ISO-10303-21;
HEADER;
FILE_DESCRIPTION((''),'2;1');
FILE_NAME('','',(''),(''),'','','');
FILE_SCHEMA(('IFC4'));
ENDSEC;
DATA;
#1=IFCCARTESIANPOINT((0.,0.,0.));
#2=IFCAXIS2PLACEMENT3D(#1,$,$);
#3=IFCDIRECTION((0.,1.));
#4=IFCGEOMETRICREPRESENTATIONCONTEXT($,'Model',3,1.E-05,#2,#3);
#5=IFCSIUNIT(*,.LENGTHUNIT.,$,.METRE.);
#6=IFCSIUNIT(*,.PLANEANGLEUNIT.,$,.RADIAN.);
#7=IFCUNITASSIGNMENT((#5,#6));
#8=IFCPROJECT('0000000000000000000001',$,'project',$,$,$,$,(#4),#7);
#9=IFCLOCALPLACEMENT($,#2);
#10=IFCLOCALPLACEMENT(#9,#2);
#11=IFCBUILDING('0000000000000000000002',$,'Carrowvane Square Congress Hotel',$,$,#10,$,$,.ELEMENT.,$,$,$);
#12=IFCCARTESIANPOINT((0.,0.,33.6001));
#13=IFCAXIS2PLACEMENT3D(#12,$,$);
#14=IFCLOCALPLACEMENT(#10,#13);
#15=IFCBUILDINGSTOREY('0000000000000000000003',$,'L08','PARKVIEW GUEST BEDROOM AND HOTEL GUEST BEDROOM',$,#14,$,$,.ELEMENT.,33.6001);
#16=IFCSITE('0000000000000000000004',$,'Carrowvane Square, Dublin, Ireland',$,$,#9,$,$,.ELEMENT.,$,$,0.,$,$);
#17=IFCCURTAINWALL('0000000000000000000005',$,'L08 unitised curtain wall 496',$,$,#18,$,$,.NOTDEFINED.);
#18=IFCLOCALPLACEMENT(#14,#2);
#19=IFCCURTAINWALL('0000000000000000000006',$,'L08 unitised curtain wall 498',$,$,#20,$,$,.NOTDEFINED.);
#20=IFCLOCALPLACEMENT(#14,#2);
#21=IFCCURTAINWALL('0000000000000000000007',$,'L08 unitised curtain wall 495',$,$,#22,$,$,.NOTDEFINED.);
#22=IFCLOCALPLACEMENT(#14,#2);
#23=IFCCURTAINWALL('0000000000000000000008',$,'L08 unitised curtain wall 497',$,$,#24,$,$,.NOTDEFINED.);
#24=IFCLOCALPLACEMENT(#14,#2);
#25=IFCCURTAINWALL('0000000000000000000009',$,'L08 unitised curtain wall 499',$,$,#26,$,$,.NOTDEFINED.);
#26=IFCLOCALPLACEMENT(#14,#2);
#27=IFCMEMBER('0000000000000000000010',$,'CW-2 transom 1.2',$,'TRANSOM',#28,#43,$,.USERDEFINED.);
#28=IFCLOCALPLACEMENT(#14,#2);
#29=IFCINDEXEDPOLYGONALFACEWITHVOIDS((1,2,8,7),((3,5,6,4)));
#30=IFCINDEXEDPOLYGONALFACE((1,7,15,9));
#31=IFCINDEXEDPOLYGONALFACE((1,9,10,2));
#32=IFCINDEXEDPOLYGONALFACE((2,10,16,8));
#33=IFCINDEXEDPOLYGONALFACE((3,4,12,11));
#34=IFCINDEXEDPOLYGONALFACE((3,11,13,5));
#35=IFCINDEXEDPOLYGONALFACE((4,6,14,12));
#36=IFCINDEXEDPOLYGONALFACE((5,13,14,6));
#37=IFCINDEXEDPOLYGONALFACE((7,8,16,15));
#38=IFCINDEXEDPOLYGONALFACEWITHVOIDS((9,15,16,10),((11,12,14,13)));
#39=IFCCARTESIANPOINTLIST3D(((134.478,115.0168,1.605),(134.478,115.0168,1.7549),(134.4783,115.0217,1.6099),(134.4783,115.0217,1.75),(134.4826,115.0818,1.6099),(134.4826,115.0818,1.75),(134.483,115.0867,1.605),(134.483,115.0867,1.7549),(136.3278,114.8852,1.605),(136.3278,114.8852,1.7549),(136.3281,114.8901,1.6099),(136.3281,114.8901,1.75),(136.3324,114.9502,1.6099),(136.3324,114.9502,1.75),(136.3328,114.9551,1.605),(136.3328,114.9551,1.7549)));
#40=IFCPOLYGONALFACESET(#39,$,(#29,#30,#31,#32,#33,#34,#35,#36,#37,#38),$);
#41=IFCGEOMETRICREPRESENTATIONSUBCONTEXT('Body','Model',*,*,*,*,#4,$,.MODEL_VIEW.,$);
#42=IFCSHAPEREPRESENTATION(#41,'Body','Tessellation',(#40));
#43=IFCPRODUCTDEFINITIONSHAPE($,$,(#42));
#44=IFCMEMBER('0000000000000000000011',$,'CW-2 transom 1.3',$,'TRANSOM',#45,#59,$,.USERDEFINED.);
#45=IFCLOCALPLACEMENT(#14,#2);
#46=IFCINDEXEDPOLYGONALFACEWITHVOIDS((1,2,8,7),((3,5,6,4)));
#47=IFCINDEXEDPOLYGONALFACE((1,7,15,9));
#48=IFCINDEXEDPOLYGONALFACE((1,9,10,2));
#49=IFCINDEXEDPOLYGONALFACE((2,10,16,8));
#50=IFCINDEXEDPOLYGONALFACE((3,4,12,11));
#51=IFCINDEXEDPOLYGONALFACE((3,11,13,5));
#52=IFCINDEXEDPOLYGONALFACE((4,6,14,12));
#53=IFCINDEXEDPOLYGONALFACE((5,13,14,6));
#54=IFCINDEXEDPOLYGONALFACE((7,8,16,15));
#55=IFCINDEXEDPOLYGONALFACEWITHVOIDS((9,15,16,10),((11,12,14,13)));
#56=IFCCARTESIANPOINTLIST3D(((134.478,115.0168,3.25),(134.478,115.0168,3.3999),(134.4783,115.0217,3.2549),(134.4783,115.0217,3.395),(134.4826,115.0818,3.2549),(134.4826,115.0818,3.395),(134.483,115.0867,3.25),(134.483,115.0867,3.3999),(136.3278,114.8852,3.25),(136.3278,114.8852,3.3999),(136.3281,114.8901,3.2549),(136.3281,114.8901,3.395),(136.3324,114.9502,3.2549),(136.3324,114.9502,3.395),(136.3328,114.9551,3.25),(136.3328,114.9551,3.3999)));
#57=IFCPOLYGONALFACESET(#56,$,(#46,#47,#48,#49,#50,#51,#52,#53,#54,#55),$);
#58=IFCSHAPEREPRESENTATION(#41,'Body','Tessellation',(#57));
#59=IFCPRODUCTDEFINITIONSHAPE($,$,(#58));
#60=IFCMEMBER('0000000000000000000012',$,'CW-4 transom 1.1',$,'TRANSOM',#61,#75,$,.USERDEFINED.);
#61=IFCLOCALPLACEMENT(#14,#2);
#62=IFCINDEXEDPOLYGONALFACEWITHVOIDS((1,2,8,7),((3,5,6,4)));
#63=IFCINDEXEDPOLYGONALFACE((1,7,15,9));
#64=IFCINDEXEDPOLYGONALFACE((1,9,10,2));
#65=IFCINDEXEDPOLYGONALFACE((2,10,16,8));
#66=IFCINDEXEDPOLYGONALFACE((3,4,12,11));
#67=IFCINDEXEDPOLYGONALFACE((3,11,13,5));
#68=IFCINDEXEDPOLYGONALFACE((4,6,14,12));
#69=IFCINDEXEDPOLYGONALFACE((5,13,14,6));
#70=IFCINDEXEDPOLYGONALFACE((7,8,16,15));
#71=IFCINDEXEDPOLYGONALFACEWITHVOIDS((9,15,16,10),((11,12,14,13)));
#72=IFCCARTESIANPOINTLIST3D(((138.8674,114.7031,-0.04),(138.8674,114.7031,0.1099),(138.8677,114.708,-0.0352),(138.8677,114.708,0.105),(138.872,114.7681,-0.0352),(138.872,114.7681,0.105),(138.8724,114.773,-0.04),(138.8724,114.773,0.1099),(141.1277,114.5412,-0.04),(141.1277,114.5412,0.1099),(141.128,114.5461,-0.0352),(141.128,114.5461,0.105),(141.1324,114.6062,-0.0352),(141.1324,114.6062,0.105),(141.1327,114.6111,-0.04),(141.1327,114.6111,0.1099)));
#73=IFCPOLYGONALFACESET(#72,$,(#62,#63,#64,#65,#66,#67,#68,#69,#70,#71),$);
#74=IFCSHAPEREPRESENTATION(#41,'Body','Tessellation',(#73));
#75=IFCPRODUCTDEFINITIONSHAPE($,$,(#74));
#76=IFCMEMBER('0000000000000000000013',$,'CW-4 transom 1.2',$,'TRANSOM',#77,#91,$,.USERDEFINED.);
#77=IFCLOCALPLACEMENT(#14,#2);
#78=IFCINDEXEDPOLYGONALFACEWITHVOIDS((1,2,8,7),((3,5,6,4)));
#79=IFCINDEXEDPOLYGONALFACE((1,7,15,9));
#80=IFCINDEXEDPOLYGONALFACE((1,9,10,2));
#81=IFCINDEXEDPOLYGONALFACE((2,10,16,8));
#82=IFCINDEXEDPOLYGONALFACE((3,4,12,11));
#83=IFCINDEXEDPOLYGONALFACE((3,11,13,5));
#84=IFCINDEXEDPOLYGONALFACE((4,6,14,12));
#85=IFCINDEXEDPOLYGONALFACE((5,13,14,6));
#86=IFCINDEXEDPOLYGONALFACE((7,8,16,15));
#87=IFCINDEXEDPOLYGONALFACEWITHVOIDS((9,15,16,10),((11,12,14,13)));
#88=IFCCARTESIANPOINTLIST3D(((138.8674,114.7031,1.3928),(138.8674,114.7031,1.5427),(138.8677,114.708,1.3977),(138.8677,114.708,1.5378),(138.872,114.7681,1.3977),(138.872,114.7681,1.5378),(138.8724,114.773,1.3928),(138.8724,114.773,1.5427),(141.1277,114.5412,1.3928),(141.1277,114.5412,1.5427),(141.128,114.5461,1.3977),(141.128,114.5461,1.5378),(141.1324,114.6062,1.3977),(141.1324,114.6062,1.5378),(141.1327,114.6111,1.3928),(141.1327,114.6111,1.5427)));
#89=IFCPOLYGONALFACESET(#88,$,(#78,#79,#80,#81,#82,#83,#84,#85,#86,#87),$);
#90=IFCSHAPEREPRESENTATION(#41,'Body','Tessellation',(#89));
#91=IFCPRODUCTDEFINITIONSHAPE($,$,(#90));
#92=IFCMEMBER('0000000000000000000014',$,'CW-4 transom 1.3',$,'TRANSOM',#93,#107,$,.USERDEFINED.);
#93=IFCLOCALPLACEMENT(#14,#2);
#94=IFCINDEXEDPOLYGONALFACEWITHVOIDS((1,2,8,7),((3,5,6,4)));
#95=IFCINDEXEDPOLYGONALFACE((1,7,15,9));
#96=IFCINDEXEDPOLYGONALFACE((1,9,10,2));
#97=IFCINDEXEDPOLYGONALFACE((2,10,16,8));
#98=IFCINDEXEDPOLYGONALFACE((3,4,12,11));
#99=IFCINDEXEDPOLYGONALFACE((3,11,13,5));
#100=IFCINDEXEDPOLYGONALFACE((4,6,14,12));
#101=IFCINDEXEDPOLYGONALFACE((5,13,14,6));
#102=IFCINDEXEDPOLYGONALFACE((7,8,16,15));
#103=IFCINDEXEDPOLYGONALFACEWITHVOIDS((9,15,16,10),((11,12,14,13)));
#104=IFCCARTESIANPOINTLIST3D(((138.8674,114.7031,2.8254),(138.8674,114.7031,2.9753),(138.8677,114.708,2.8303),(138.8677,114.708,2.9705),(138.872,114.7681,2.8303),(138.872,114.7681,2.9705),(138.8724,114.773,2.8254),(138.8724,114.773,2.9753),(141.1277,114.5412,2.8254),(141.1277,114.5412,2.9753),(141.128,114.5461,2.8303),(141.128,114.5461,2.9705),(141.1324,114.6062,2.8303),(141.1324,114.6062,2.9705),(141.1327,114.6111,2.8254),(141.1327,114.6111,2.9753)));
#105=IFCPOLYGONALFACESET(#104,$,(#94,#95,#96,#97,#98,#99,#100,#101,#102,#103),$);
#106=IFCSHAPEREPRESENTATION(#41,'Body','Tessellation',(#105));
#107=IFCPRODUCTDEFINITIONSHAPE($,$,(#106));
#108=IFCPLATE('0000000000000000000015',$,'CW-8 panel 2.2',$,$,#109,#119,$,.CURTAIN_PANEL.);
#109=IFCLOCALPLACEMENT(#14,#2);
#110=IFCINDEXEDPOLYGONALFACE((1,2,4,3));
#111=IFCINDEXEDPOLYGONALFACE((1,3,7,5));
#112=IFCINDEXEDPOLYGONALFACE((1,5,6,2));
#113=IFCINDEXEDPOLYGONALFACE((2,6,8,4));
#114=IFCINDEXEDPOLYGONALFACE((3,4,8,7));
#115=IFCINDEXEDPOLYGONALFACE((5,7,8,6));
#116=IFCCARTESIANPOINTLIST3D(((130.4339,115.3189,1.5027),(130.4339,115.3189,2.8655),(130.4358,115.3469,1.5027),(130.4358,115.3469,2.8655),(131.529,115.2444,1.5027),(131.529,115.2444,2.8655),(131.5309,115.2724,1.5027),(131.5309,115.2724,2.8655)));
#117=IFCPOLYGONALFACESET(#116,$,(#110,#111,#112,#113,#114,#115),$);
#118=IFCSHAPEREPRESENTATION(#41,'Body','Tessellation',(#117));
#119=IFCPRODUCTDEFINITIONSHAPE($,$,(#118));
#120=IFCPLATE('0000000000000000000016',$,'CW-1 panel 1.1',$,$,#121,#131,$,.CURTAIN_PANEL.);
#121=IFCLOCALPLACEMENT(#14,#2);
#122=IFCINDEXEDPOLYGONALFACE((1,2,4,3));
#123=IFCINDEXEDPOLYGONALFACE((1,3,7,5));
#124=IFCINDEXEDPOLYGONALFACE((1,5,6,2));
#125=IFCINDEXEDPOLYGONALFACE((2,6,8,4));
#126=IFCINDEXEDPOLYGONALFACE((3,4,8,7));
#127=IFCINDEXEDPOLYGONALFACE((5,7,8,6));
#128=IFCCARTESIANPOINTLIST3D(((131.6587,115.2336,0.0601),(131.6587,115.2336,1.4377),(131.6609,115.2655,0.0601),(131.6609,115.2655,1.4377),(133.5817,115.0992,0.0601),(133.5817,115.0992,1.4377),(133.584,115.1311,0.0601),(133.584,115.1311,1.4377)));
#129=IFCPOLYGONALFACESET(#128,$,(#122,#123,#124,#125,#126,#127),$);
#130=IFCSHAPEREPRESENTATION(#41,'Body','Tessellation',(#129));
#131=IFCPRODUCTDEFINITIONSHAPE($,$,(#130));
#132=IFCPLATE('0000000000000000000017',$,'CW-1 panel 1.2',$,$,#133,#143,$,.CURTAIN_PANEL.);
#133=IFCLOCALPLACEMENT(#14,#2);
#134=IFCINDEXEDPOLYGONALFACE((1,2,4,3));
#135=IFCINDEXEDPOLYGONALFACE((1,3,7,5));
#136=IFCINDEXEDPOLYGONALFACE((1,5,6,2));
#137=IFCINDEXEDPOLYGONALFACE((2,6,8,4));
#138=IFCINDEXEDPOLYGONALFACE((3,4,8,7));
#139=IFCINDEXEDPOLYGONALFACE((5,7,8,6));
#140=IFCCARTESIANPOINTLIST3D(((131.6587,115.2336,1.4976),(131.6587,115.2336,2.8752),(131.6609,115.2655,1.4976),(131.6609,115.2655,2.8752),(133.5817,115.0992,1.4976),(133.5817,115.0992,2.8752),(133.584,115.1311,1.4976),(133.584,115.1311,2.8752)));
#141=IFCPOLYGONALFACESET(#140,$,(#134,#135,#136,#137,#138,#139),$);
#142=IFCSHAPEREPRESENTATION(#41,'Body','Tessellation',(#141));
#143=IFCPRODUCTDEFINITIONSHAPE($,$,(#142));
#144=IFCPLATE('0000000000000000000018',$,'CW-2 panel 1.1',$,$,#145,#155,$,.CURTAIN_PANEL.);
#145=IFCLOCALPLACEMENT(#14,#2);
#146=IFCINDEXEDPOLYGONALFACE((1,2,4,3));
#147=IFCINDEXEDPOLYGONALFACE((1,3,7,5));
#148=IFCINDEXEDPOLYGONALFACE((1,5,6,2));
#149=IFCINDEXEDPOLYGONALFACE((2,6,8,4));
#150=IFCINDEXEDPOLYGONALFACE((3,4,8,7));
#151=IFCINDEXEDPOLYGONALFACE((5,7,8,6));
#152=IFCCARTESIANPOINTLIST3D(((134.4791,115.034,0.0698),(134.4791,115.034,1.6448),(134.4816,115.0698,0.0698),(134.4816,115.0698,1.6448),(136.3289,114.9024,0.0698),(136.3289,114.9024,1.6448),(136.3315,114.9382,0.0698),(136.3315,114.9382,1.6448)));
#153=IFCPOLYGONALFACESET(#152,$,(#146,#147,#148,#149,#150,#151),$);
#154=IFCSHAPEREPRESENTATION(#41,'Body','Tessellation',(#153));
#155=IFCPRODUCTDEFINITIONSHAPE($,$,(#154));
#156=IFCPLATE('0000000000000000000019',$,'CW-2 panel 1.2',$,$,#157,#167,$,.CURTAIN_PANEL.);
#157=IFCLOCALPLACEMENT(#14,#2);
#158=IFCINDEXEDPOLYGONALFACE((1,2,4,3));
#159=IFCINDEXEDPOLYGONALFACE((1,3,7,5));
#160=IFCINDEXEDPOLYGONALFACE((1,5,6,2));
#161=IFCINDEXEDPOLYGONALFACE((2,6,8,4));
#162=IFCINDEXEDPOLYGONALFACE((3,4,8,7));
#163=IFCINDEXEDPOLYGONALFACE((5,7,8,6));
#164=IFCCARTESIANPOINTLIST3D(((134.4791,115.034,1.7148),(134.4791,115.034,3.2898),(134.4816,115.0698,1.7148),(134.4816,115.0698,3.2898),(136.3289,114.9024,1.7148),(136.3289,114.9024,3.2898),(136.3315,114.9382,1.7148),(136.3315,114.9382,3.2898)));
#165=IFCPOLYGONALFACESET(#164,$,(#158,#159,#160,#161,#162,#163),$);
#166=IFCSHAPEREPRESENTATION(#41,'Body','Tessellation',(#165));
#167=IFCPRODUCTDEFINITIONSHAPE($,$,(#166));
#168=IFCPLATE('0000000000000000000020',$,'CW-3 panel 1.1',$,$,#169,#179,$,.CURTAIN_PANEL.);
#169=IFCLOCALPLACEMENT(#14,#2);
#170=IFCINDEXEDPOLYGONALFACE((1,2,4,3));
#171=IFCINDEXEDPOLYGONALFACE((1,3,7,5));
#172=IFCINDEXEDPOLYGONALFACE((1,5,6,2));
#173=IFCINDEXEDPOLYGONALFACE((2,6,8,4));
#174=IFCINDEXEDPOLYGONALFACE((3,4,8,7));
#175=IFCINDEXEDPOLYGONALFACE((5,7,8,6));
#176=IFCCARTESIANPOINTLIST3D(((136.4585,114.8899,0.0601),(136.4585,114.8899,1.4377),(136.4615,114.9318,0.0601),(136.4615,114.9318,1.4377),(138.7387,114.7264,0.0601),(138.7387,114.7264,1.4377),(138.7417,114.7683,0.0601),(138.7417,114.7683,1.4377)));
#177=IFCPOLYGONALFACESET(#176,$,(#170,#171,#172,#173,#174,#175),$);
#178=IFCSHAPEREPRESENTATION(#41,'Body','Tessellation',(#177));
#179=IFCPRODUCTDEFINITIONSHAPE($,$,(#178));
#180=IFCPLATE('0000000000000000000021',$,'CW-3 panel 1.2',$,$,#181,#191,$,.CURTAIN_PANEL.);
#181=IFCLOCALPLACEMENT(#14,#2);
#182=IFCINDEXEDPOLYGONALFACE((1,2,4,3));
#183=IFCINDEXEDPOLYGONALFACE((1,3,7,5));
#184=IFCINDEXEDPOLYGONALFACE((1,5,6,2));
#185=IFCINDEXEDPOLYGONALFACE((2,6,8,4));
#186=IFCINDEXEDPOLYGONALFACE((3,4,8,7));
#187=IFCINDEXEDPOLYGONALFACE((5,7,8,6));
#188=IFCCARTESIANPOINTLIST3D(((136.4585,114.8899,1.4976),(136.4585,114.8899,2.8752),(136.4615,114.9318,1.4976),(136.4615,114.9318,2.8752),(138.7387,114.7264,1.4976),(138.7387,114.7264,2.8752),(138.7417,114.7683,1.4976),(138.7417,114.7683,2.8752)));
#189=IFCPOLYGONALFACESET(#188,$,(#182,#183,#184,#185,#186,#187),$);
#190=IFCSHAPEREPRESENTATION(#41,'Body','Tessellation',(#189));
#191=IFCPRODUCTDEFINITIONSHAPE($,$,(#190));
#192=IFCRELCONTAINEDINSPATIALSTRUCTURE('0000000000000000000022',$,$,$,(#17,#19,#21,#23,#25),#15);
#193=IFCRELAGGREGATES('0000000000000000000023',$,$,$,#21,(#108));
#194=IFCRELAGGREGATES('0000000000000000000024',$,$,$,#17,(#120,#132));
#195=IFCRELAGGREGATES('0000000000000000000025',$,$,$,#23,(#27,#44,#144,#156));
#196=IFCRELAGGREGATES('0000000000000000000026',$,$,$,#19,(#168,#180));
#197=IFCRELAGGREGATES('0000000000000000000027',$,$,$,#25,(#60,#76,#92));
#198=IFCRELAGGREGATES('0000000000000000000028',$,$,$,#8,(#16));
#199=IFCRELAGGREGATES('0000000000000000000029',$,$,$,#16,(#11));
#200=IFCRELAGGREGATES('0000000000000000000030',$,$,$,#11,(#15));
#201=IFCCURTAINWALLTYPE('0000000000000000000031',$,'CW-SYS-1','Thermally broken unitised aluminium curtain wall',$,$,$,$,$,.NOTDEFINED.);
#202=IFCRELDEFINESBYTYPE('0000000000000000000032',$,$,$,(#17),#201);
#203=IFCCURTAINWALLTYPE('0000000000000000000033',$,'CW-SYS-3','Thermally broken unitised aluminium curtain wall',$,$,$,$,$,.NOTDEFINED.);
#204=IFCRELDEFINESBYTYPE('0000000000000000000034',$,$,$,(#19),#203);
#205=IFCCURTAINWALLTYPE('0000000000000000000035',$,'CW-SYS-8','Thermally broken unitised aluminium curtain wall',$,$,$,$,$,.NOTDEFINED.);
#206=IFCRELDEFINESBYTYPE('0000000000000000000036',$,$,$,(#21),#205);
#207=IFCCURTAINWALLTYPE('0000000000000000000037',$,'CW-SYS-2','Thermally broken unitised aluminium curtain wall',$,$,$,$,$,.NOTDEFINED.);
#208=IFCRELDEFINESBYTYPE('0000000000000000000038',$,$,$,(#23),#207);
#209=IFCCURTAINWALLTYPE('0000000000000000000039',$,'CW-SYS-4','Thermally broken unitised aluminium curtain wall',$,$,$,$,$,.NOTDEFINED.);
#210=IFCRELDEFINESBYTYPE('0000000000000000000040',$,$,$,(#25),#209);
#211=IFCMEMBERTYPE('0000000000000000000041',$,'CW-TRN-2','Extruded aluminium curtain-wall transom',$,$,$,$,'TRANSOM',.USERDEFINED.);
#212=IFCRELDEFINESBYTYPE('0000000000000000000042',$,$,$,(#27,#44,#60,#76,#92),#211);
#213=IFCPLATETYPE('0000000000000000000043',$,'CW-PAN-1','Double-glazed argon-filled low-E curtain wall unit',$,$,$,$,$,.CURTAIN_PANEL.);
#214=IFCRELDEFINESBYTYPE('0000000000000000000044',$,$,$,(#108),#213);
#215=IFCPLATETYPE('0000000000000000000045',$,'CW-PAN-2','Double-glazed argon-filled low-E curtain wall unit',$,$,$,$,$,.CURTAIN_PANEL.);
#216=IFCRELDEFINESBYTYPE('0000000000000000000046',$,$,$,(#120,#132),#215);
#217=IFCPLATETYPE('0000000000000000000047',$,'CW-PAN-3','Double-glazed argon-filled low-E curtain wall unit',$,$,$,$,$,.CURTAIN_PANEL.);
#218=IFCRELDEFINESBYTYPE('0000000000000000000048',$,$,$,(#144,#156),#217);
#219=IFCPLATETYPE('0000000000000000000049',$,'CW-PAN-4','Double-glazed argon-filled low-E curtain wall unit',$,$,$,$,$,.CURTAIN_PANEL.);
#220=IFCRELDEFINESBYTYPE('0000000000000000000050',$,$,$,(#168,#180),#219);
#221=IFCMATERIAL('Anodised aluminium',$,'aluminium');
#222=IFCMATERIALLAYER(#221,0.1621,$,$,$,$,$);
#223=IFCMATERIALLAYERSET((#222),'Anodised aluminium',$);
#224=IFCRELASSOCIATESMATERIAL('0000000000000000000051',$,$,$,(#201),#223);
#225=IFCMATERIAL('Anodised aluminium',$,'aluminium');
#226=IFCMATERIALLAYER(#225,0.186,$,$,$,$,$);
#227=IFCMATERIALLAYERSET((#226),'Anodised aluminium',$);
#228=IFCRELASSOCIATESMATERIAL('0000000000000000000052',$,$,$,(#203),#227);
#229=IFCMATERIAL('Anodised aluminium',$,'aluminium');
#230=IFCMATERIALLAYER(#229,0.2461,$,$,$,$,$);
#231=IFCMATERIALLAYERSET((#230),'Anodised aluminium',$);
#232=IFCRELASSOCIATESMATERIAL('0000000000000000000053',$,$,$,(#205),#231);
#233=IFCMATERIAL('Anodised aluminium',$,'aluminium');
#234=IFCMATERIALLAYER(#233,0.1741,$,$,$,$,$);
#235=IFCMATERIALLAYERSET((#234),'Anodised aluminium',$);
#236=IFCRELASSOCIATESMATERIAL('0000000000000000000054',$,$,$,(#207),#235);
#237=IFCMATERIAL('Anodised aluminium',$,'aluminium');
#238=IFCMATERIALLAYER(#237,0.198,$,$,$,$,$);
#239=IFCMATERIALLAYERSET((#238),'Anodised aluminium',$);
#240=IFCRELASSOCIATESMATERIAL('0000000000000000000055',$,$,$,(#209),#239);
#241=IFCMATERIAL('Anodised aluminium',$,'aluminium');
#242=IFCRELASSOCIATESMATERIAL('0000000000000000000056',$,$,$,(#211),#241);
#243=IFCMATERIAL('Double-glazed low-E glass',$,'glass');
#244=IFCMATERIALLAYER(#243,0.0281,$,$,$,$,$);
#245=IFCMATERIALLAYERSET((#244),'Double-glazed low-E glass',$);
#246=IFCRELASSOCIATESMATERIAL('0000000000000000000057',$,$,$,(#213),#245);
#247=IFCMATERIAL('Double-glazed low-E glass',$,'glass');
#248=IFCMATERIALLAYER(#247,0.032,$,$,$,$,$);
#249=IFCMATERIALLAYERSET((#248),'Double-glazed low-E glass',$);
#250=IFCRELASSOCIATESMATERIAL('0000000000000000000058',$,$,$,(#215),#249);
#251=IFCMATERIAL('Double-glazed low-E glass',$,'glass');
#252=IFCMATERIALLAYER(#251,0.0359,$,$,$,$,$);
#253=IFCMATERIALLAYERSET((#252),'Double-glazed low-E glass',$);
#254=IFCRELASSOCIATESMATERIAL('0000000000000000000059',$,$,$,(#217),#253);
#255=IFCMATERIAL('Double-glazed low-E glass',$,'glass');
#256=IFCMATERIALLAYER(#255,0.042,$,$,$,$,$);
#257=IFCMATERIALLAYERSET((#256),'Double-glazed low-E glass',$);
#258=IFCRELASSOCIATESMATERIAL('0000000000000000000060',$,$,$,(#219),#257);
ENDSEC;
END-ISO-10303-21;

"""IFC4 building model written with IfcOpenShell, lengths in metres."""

from ifc_helpers import new_model, si_unit, direction, frame, origin, origin_2d, place, context, subcontext, project, spatial, rectangle, hollow_rectangle, extrude, material, layer, layer_set, material_profile, profile_set, type_object, element, aggregate, save


model = new_model("IFC4")

# Units and contexts
model_context = context("Model", 3, precision=1e-05, world=origin(), true_north=direction((0.0, 1.0)))
body_context = subcontext(model_context, "Body", "Model", "MODEL_VIEW")
ifc_project = project(units=[si_unit("LENGTHUNIT", "METRE"), si_unit("PLANEANGLEUNIT", "RADIAN")], contexts=[model_context])

# Site, building, storey
site_placement = place(None, origin())
site = spatial("IfcSite", under=ifc_project, at=site_placement, Name="Carrowvane Square, Dublin, Ireland", CompositionType="ELEMENT", RefElevation=0.0)
building_placement = place(site_placement, origin())
building = spatial("IfcBuilding", under=site, at=building_placement, Name="Carrowvane Square Congress Hotel", CompositionType="ELEMENT")
storey_placement = place(building_placement, frame((0.0, 0.0, 33.6001)))
storey = spatial("IfcBuildingStorey", under=building, at=storey_placement, Name="L08", Description="PARKVIEW GUEST BEDROOM AND HOTEL GUEST BEDROOM", CompositionType="ELEMENT", Elevation=33.6001)

# Curtain walls
ifc_material_1 = material(Name="Anodised aluminium", Category="aluminium")
ifc_layer_1 = layer(ifc_material_1, 0.1621)
ifc_layer_set_1 = layer_set([ifc_layer_1], Name="Anodised aluminium")
curtain_wall_type_1 = type_object("IfcCurtainWallType", Name="CW-SYS-1", Description="Thermally broken unitised aluminium curtain wall", PredefinedType="NOTDEFINED", material=ifc_layer_set_1)
curtain_wall_1_placement = place(storey_placement, origin())
curtain_wall_1 = element("IfcCurtainWall", 1, at=curtain_wall_1_placement, inside=storey, type_object=curtain_wall_type_1, Name="L08 unitised curtain wall 496", PredefinedType="NOTDEFINED")
ifc_material_2 = material(Name="Anodised aluminium", Category="aluminium")
ifc_layer_2 = layer(ifc_material_2, 0.186)
ifc_layer_set_2 = layer_set([ifc_layer_2], Name="Anodised aluminium")
curtain_wall_type_2 = type_object("IfcCurtainWallType", Name="CW-SYS-3", Description="Thermally broken unitised aluminium curtain wall", PredefinedType="NOTDEFINED", material=ifc_layer_set_2)
curtain_wall_2_placement = place(storey_placement, origin())
curtain_wall_2 = element("IfcCurtainWall", 2, at=curtain_wall_2_placement, inside=storey, type_object=curtain_wall_type_2, Name="L08 unitised curtain wall 498", PredefinedType="NOTDEFINED")

# Curtain wall
ifc_material_3 = material(Name="Anodised aluminium", Category="aluminium")
ifc_layer_3 = layer(ifc_material_3, 0.2461)
ifc_layer_set_3 = layer_set([ifc_layer_3], Name="Anodised aluminium")
curtain_wall_type_3 = type_object("IfcCurtainWallType", Name="CW-SYS-8", Description="Thermally broken unitised aluminium curtain wall", PredefinedType="NOTDEFINED", material=ifc_layer_set_3)
curtain_wall_3_placement = place(storey_placement, origin())
curtain_wall_3 = element("IfcCurtainWall", 3, at=curtain_wall_3_placement, inside=storey, type_object=curtain_wall_type_3, Name="L08 unitised curtain wall 495", PredefinedType="NOTDEFINED")

# Curtain wall
ifc_material_4 = material(Name="Anodised aluminium", Category="aluminium")
ifc_layer_4 = layer(ifc_material_4, 0.1741)
ifc_layer_set_4 = layer_set([ifc_layer_4], Name="Anodised aluminium")
curtain_wall_type_4 = type_object("IfcCurtainWallType", Name="CW-SYS-2", Description="Thermally broken unitised aluminium curtain wall", PredefinedType="NOTDEFINED", material=ifc_layer_set_4)
curtain_wall_4_placement = place(storey_placement, origin())
curtain_wall_4 = element("IfcCurtainWall", 4, at=curtain_wall_4_placement, inside=storey, type_object=curtain_wall_type_4, Name="L08 unitised curtain wall 497", PredefinedType="NOTDEFINED")

# Curtain wall
ifc_material_5 = material(Name="Anodised aluminium", Category="aluminium")
ifc_layer_5 = layer(ifc_material_5, 0.198)
ifc_layer_set_5 = layer_set([ifc_layer_5], Name="Anodised aluminium")
curtain_wall_type_5 = type_object("IfcCurtainWallType", Name="CW-SYS-4", Description="Thermally broken unitised aluminium curtain wall", PredefinedType="NOTDEFINED", material=ifc_layer_set_5)
curtain_wall_5_placement = place(storey_placement, origin())
curtain_wall_5 = element("IfcCurtainWall", 5, at=curtain_wall_5_placement, inside=storey, type_object=curtain_wall_type_5, Name="L08 unitised curtain wall 499", PredefinedType="NOTDEFINED")

# Members
ifc_material_6 = material(Name="Anodised aluminium", Category="aluminium")
ifc_material_profile_1 = material_profile(ifc_material_6, hollow_rectangle(XDim=0.0701, YDim=0.1499, WallThickness=0.0049, at=origin_2d()), Name="CW-TR 70x150x5")
ifc_profile_set_1 = profile_set([ifc_material_profile_1], Name="Anodised aluminium")
member_type_1 = type_object("IfcMemberType", Name="CW-TRN-2", Description="Extruded aluminium curtain-wall transom", ElementType="TRANSOM", PredefinedType="USERDEFINED", material=ifc_profile_set_1)
member_1_placement = place(storey_placement, frame((134.4805, 115.0518, 1.6799), z_axis=(0.997479, -0.070957, 0.0), x_axis=(0.070957, 0.997479, 0.0)))
member_1 = element("IfcMember", 6, at=member_1_placement, type_object=member_type_1, Name="CW-2 transom 1.2", ObjectType="TRANSOM", PredefinedType="USERDEFINED", context=body_context, shape_type="SweptSolid", body=[
    extrude(hollow_rectangle(XDim=0.0701, YDim=0.1499, WallThickness=0.0049, at=origin_2d()), origin(), (0.0, 0.0, 1.0), 1.8545),
])
member_2_placement = place(storey_placement, frame((134.4805, 115.0518, 3.325), z_axis=(0.997479, -0.070957, 0.0), x_axis=(0.070957, 0.997479, 0.0)))
member_2 = element("IfcMember", 7, at=member_2_placement, type_object=member_type_1, Name="CW-2 transom 1.3", ObjectType="TRANSOM", PredefinedType="USERDEFINED", context=body_context, shape_type="SweptSolid", body=[
    extrude(hollow_rectangle(XDim=0.0701, YDim=0.1499, WallThickness=0.0049, at=origin_2d()), origin(), (0.0, 0.0, 1.0), 1.8545),
])
member_3_placement = place(storey_placement, frame((138.8699, 114.738, 0.0349), z_axis=(0.997446, -0.071431, 0.0), x_axis=(0.071431, 0.997446, 0.0)))
member_3 = element("IfcMember", 8, at=member_3_placement, type_object=member_type_1, Name="CW-4 transom 1.1", ObjectType="TRANSOM", PredefinedType="USERDEFINED", context=body_context, shape_type="SweptSolid", body=[
    extrude(hollow_rectangle(XDim=0.0701, YDim=0.1499, WallThickness=0.0049, at=origin_2d()), origin(), (0.0, 0.0, 1.0), 2.2661),
])
member_4_placement = place(storey_placement, frame((138.8699, 114.738, 1.4678), z_axis=(0.997446, -0.071431, 0.0), x_axis=(0.071431, 0.997446, 0.0)))
member_4 = element("IfcMember", 9, at=member_4_placement, type_object=member_type_1, Name="CW-4 transom 1.2", ObjectType="TRANSOM", PredefinedType="USERDEFINED", context=body_context, shape_type="SweptSolid", body=[
    extrude(hollow_rectangle(XDim=0.0701, YDim=0.1499, WallThickness=0.0049, at=origin_2d()), origin(), (0.0, 0.0, 1.0), 2.2661),
])
member_5_placement = place(storey_placement, frame((138.8699, 114.738, 2.9004), z_axis=(0.997446, -0.071431, 0.0), x_axis=(0.071431, 0.997446, 0.0)))
member_5 = element("IfcMember", 10, at=member_5_placement, type_object=member_type_1, Name="CW-4 transom 1.3", ObjectType="TRANSOM", PredefinedType="USERDEFINED", context=body_context, shape_type="SweptSolid", body=[
    extrude(hollow_rectangle(XDim=0.0701, YDim=0.1499, WallThickness=0.0049, at=origin_2d()), origin(), (0.0, 0.0, 1.0), 2.2661),
])

# Plates
ifc_material_7 = material(Name="Double-glazed low-E glass", Category="glass")
ifc_layer_6 = layer(ifc_material_7, 0.0281)
ifc_layer_set_6 = layer_set([ifc_layer_6], Name="Double-glazed low-E glass")
plate_type_1 = type_object("IfcPlateType", Name="CW-PAN-1", Description="Double-glazed argon-filled low-E curtain wall unit", PredefinedType="CURTAIN_PANEL", material=ifc_layer_set_6)
plate_1_placement = place(storey_placement, frame((130.9824, 115.2957, 1.5027), z_axis=(0.0, 0.0, 1.0), x_axis=(0.997694, -0.06787, 0.0)))
plate_1 = element("IfcPlate", 11, at=plate_1_placement, type_object=plate_type_1, Name="CW-8 panel 2.2", PredefinedType="CURTAIN_PANEL", context=body_context, shape_type="SweptSolid", body=[
    extrude(rectangle(XDim=1.0977, YDim=0.0281, at=origin_2d()), origin(), (0.0, 0.0, 1.0), 1.3628),
])
aggregate(curtain_wall_3, [plate_1])
ifc_material_8 = material(Name="Double-glazed low-E glass", Category="glass")
ifc_layer_7 = layer(ifc_material_8, 0.032)
ifc_layer_set_7 = layer_set([ifc_layer_7], Name="Double-glazed low-E glass")
plate_type_2 = type_object("IfcPlateType", Name="CW-PAN-2", Description="Double-glazed argon-filled low-E curtain wall unit", PredefinedType="CURTAIN_PANEL", material=ifc_layer_set_7)
plate_2_placement = place(storey_placement, frame((132.6213, 115.1824, 0.0601), z_axis=(0.0, 0.0, 1.0), x_axis=(0.997566, -0.069727, 0.0)))
plate_2 = element("IfcPlate", 12, at=plate_2_placement, type_object=plate_type_2, Name="CW-1 panel 1.1", PredefinedType="CURTAIN_PANEL", context=body_context, shape_type="SweptSolid", body=[
    extrude(rectangle(XDim=1.9277, YDim=0.032, at=origin_2d()), origin(), (0.0, 0.0, 1.0), 1.3777),
])
plate_3_placement = place(storey_placement, frame((132.6213, 115.1824, 1.4976), z_axis=(0.0, 0.0, 1.0), x_axis=(0.997566, -0.069727, 0.0)))
plate_3 = element("IfcPlate", 13, at=plate_3_placement, type_object=plate_type_2, Name="CW-1 panel 1.2", PredefinedType="CURTAIN_PANEL", context=body_context, shape_type="SweptSolid", body=[
    extrude(rectangle(XDim=1.9277, YDim=0.032, at=origin_2d()), origin(), (0.0, 0.0, 1.0), 1.3777),
])
aggregate(curtain_wall_1, [plate_2, plate_3])
ifc_material_9 = material(Name="Double-glazed low-E glass", Category="glass")
ifc_layer_8 = layer(ifc_material_9, 0.0359)
ifc_layer_set_8 = layer_set([ifc_layer_8], Name="Double-glazed low-E glass")
plate_type_3 = type_object("IfcPlateType", Name="CW-PAN-3", Description="Double-glazed argon-filled low-E curtain wall unit", PredefinedType="CURTAIN_PANEL", material=ifc_layer_set_8)
plate_4_placement = place(storey_placement, frame((135.4053, 114.9861, 0.0698), z_axis=(0.0, 0.0, 1.0), x_axis=(0.997479, -0.07096, 0.0)))
plate_4 = element("IfcPlate", 14, at=plate_4_placement, type_object=plate_type_3, Name="CW-2 panel 1.1", PredefinedType="CURTAIN_PANEL", context=body_context, shape_type="SweptSolid", body=[
    extrude(rectangle(XDim=1.8545, YDim=0.0359, at=origin_2d()), origin(), (0.0, 0.0, 1.0), 1.575),
])
plate_5_placement = place(storey_placement, frame((135.4053, 114.9861, 1.7148), z_axis=(0.0, 0.0, 1.0), x_axis=(0.997479, -0.07096, 0.0)))
plate_5 = element("IfcPlate", 15, at=plate_5_placement, type_object=plate_type_3, Name="CW-2 panel 1.2", PredefinedType="CURTAIN_PANEL", context=body_context, shape_type="SweptSolid", body=[
    extrude(rectangle(XDim=1.8545, YDim=0.0359, at=origin_2d()), origin(), (0.0, 0.0, 1.0), 1.575),
])
aggregate(curtain_wall_4, [member_1, member_2, plate_4, plate_5])
ifc_material_10 = material(Name="Double-glazed low-E glass", Category="glass")
ifc_layer_9 = layer(ifc_material_10, 0.042)
ifc_layer_set_9 = layer_set([ifc_layer_9], Name="Double-glazed low-E glass")
plate_type_4 = type_object("IfcPlateType", Name="CW-PAN-4", Description="Double-glazed argon-filled low-E curtain wall unit", PredefinedType="CURTAIN_PANEL", material=ifc_layer_set_9)
plate_6_placement = place(storey_placement, frame((137.6001, 114.8291, 0.0601), z_axis=(0.0, 0.0, 1.0), x_axis=(0.997438, -0.071532, 0.0)))
plate_6 = element("IfcPlate", 16, at=plate_6_placement, type_object=plate_type_4, Name="CW-3 panel 1.1", PredefinedType="CURTAIN_PANEL", context=body_context, shape_type="SweptSolid", body=[
    extrude(rectangle(XDim=2.2861, YDim=0.042, at=origin_2d()), origin(), (0.0, 0.0, 1.0), 1.3777),
])
plate_7_placement = place(storey_placement, frame((137.6001, 114.8291, 1.4976), z_axis=(0.0, 0.0, 1.0), x_axis=(0.997438, -0.071532, 0.0)))
plate_7 = element("IfcPlate", 17, at=plate_7_placement, type_object=plate_type_4, Name="CW-3 panel 1.2", PredefinedType="CURTAIN_PANEL", context=body_context, shape_type="SweptSolid", body=[
    extrude(rectangle(XDim=2.2861, YDim=0.042, at=origin_2d()), origin(), (0.0, 0.0, 1.0), 1.3777),
])
aggregate(curtain_wall_2, [plate_6, plate_7])
aggregate(curtain_wall_5, [member_3, member_4, member_5])

save(model, "model.ifc")
